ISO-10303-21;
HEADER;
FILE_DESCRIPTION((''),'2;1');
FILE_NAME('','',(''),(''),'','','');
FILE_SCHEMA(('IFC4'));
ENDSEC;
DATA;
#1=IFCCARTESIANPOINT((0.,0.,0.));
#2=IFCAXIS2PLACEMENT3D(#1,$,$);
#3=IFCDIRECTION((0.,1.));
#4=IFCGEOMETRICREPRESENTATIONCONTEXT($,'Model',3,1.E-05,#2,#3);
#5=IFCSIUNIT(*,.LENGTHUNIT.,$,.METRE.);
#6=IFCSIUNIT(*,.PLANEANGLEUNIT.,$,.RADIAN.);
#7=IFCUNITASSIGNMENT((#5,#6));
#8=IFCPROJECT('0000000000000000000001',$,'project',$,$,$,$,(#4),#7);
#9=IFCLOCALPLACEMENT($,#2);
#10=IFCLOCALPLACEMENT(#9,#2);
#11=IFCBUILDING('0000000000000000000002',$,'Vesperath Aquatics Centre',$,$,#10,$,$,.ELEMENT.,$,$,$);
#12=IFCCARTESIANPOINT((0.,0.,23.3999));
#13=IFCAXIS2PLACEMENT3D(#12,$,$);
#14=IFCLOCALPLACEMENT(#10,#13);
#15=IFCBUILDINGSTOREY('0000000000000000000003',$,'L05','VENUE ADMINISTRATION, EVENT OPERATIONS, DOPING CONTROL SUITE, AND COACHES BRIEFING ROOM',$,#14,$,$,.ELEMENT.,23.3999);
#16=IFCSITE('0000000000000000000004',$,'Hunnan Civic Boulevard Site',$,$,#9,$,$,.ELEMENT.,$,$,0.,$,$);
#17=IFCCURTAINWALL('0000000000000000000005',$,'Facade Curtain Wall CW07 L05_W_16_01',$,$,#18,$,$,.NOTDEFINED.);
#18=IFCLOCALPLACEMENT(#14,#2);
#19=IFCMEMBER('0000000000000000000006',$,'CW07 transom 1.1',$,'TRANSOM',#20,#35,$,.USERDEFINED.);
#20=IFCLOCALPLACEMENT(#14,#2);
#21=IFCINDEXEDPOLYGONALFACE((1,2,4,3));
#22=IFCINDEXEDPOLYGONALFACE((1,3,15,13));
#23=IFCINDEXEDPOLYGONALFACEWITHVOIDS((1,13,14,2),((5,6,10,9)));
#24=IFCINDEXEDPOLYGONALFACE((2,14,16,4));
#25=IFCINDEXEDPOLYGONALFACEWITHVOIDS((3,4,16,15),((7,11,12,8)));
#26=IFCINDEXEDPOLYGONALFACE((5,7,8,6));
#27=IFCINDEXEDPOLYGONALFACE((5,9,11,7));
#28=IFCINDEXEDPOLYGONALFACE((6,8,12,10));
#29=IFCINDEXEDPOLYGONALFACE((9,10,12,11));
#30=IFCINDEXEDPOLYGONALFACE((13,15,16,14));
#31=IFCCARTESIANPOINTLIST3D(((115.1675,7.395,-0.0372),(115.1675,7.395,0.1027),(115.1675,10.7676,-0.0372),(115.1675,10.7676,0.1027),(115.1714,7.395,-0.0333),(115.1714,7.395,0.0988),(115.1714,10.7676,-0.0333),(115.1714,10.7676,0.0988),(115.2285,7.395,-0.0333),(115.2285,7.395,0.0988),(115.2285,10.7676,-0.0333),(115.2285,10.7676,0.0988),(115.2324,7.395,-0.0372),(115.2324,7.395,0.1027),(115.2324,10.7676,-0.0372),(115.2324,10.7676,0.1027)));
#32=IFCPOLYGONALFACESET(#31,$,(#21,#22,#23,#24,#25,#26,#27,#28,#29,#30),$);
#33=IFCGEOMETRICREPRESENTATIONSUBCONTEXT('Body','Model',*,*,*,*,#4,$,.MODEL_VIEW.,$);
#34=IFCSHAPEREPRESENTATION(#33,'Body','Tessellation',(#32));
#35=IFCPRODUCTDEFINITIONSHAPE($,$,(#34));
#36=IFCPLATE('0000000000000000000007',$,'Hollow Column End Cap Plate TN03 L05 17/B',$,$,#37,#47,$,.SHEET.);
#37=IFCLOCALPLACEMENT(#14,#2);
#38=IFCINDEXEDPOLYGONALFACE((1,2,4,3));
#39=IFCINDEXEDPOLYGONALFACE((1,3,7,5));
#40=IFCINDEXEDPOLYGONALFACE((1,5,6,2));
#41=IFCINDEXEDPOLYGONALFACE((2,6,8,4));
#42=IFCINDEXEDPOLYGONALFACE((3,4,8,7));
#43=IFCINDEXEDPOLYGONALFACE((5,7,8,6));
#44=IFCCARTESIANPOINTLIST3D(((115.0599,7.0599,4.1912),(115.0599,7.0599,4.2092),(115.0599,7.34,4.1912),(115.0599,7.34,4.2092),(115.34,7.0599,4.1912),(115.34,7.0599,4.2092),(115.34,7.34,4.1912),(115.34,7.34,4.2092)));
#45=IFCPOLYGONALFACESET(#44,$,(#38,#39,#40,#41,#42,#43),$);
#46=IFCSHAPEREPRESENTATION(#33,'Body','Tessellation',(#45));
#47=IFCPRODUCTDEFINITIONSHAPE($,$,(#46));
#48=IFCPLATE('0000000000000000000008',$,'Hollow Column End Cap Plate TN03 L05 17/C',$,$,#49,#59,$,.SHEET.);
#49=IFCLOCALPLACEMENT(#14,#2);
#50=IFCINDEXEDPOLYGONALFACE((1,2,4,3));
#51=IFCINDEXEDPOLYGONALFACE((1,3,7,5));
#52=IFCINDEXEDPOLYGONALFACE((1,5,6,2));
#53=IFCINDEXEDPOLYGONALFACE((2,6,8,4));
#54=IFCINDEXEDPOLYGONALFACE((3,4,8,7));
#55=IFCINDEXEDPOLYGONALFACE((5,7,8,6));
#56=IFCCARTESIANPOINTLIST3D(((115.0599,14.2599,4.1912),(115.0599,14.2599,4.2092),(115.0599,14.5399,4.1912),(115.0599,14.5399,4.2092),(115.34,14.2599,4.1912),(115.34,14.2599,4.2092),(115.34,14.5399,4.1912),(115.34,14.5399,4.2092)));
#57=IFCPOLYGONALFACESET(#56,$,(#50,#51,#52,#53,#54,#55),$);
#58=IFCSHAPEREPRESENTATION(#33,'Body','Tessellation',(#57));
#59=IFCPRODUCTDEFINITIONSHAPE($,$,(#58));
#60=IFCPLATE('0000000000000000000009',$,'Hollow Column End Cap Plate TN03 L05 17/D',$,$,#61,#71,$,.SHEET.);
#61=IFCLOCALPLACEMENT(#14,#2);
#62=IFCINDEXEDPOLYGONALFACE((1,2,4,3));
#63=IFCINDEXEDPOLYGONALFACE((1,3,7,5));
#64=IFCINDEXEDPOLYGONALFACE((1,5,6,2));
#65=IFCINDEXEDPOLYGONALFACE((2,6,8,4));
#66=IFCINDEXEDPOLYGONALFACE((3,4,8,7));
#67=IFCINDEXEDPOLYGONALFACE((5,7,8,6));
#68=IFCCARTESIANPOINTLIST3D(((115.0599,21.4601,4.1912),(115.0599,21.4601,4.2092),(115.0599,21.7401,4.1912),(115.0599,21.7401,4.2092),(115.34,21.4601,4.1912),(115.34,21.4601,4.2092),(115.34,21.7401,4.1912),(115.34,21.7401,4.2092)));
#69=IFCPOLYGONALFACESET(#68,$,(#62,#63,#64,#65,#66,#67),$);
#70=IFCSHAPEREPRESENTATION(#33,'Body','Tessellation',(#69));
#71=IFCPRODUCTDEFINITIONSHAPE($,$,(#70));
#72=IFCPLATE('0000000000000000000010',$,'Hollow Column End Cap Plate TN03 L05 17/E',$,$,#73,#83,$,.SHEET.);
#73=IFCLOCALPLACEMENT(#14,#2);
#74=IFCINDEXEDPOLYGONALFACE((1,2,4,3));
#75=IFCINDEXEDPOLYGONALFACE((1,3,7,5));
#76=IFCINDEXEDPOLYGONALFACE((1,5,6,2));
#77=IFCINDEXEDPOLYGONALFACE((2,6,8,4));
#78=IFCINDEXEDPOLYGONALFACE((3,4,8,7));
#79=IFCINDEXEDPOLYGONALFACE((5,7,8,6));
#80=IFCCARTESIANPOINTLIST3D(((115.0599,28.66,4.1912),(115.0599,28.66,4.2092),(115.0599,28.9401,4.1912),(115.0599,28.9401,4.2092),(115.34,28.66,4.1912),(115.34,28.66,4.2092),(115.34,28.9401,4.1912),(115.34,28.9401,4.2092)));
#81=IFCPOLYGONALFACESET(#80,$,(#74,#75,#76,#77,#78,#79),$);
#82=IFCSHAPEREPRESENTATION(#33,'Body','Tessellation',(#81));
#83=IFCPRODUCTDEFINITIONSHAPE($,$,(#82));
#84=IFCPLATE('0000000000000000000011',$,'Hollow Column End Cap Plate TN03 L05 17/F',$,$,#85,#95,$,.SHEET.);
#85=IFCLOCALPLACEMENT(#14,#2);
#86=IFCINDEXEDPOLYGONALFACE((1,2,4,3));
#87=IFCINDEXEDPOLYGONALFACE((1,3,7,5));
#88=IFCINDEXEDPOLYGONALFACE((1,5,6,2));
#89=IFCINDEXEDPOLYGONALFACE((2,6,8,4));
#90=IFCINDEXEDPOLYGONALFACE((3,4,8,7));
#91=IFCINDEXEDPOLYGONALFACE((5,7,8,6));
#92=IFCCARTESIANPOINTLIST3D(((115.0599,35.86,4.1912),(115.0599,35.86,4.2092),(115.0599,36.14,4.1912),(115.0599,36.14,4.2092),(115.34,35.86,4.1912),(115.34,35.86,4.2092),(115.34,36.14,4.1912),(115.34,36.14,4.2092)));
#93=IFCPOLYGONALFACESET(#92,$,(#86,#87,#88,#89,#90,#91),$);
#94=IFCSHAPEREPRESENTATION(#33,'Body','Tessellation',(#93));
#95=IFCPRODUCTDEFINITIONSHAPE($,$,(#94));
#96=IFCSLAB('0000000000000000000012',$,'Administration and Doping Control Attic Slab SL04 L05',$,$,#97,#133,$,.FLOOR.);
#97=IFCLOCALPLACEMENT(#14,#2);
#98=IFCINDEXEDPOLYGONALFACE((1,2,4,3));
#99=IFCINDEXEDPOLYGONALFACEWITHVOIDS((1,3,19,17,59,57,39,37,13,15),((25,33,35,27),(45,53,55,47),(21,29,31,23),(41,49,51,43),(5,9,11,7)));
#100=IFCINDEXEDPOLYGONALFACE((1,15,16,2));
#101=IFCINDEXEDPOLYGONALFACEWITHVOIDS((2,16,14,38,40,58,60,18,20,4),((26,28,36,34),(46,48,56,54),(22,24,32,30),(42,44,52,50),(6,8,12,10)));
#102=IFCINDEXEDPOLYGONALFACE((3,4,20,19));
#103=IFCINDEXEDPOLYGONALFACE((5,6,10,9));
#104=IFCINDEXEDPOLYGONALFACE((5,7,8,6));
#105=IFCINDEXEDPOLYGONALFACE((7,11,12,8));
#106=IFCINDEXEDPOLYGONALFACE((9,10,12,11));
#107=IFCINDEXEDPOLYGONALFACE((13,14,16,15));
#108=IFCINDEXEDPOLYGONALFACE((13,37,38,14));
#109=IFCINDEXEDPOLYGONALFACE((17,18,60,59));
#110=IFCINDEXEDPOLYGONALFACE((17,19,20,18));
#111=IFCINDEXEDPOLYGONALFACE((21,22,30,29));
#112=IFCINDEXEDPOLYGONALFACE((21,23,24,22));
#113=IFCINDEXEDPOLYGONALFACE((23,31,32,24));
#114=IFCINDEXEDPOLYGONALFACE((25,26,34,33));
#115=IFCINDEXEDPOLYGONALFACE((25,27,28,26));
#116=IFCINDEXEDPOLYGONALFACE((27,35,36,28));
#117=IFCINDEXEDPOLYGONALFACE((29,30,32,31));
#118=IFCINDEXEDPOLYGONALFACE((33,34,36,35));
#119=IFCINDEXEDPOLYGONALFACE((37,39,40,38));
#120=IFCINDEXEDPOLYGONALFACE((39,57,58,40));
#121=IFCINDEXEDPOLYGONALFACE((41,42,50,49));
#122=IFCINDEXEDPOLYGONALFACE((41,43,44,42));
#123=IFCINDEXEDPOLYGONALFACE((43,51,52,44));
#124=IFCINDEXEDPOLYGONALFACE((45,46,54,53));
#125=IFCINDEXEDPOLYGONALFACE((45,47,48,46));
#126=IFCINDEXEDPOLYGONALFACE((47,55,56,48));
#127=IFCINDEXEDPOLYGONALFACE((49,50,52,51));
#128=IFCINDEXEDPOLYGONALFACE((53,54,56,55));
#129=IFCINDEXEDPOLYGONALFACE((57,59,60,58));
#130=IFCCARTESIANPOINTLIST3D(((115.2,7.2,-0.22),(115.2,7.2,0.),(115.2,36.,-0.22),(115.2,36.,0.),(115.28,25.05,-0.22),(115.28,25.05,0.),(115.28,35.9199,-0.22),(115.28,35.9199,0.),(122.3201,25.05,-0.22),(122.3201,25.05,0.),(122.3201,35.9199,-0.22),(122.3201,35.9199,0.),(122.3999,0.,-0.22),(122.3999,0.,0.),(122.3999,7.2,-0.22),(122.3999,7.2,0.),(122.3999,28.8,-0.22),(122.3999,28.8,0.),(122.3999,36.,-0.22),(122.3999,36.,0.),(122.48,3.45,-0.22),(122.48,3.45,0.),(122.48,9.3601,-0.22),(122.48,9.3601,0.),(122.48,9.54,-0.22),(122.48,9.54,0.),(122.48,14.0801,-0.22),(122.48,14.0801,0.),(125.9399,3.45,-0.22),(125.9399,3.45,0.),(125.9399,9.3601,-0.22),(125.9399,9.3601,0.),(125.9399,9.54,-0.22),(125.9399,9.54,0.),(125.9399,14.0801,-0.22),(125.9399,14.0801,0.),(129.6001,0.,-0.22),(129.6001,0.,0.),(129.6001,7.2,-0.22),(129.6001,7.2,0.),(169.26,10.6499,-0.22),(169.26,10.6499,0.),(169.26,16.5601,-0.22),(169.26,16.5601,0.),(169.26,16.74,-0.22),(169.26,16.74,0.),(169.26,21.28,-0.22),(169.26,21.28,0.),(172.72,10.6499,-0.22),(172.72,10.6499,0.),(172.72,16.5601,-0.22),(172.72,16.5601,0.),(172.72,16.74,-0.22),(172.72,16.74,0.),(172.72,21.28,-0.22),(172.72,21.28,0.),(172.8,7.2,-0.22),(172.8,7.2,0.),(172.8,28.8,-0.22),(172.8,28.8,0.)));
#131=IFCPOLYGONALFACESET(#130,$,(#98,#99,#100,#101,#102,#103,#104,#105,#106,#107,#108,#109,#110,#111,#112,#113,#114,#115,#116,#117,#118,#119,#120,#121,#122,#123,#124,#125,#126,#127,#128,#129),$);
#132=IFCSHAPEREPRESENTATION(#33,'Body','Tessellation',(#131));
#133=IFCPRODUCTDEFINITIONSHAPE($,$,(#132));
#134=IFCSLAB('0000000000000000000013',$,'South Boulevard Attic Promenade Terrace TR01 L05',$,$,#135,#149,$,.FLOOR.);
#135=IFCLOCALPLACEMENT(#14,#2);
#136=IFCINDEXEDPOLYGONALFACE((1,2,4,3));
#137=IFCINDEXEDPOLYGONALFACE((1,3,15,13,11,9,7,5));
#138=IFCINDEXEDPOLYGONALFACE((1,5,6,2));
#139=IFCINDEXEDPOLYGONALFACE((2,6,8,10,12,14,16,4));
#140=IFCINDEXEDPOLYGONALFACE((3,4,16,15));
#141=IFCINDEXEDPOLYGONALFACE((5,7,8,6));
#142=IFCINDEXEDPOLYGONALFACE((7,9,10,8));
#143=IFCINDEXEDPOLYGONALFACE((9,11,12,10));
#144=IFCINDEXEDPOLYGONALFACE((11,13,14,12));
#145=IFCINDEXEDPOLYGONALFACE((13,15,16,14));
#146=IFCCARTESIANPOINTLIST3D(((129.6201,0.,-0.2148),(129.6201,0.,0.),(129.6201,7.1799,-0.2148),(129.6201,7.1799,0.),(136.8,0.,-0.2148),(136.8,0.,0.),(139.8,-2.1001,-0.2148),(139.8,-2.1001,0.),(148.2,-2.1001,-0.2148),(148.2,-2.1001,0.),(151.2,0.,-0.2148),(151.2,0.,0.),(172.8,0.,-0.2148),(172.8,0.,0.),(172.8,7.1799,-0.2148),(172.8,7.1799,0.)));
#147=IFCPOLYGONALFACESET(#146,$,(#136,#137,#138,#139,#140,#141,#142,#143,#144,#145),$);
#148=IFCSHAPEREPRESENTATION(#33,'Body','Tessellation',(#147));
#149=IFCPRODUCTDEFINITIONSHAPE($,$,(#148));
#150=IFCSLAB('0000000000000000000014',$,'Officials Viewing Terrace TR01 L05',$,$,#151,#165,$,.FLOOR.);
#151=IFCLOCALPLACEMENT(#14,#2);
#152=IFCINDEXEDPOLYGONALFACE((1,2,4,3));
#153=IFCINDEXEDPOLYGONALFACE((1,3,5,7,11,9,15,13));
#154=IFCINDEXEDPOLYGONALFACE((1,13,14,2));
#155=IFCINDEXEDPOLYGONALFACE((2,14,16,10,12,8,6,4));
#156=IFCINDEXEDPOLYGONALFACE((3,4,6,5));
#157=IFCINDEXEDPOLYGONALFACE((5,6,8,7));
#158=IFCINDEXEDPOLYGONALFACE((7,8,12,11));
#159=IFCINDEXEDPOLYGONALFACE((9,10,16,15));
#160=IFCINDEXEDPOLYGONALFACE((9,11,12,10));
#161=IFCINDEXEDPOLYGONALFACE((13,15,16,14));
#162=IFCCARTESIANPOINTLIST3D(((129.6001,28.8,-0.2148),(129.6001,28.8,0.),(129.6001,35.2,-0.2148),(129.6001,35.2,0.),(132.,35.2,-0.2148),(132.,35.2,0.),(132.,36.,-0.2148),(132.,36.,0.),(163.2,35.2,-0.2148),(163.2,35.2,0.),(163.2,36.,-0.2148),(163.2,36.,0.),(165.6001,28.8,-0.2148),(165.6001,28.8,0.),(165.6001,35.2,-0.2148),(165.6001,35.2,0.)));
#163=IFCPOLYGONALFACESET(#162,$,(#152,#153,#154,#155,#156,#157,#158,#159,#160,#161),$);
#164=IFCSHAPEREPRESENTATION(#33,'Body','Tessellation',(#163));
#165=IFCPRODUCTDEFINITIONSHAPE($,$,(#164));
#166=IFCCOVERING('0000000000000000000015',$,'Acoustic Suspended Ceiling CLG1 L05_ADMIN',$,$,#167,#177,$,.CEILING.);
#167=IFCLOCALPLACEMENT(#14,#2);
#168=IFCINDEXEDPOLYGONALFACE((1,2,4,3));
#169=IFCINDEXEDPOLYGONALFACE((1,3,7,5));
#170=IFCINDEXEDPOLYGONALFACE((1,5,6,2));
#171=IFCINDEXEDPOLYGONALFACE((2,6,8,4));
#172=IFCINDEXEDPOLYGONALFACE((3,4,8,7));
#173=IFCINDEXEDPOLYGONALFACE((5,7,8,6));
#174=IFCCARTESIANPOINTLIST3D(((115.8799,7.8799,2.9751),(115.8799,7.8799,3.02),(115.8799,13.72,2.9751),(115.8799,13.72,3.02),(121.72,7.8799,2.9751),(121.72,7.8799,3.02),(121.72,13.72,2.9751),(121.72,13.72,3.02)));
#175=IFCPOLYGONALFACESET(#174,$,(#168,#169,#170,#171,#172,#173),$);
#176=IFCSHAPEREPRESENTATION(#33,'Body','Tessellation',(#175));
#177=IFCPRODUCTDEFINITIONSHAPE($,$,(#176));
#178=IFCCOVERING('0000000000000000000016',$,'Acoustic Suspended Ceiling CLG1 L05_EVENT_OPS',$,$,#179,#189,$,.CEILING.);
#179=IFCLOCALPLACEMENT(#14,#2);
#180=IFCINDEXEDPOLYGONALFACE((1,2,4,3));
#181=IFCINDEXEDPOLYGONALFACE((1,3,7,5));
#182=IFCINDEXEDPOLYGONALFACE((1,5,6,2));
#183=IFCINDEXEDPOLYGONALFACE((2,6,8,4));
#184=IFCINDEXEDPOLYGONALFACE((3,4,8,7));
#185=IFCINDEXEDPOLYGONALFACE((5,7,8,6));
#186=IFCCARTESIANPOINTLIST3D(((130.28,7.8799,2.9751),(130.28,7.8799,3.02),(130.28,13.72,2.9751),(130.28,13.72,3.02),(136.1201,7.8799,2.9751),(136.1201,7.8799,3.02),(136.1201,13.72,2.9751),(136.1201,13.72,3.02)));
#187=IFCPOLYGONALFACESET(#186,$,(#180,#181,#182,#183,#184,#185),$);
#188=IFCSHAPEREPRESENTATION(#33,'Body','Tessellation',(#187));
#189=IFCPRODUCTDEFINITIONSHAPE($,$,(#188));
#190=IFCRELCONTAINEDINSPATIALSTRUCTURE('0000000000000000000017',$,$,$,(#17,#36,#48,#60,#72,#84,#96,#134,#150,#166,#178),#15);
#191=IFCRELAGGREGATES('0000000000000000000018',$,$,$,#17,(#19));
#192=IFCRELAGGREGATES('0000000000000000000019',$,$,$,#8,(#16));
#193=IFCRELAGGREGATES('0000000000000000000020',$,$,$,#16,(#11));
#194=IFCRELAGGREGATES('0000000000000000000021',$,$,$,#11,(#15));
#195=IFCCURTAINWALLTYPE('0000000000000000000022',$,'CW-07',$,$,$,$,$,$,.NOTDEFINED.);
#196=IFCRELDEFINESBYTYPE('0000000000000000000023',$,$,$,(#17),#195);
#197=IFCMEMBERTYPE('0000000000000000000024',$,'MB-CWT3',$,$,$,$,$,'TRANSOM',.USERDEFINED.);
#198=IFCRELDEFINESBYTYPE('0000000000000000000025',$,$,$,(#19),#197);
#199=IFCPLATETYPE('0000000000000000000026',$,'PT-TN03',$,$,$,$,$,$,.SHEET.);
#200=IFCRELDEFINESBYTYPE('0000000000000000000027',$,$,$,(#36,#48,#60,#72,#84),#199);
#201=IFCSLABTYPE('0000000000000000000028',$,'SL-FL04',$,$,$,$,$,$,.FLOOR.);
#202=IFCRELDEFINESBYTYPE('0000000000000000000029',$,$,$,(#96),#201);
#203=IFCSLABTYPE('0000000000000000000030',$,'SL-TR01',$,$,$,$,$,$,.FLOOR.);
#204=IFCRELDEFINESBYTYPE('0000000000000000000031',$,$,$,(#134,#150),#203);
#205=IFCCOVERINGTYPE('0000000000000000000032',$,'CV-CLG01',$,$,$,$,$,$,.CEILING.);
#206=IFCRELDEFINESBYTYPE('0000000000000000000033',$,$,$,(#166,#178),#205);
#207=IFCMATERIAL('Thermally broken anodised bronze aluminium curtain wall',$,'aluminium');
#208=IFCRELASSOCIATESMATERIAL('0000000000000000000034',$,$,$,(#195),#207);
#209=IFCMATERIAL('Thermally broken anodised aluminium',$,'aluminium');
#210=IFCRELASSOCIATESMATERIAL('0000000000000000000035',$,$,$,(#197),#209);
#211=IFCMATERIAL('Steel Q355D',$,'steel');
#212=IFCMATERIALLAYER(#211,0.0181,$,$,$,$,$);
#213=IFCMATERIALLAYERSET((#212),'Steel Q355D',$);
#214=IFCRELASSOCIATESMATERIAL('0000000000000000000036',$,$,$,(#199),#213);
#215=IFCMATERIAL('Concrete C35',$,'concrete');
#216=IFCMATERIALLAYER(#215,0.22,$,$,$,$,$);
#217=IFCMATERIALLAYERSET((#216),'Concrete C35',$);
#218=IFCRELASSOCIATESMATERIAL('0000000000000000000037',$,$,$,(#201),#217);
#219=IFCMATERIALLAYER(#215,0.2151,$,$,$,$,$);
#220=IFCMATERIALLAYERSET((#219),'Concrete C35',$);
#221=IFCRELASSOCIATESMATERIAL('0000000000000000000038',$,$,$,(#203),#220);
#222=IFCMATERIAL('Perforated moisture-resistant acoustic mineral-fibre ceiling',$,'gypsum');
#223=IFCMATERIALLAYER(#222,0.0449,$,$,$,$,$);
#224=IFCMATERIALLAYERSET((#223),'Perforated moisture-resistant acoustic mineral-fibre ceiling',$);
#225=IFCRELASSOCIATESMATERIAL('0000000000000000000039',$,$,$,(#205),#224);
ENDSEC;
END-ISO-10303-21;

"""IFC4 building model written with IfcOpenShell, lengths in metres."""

from ifc_helpers import new_model, si_unit, direction, frame, origin, origin_2d, place, context, subcontext, project, spatial, polyline, rectangle, hollow_rectangle, outline, extrude, material, layer, layer_set, material_profile, profile_set, type_object, element, aggregate, save


model = new_model("IFC4")

# Units and contexts
model_context = context("Model", 3, precision=1e-05, world=origin(), true_north=direction((0.0, 1.0)))
body_context = subcontext(model_context, "Body", "Model", "MODEL_VIEW")
ifc_project = project(units=[si_unit("LENGTHUNIT", "METRE"), si_unit("PLANEANGLEUNIT", "RADIAN")], contexts=[model_context])

# Site, building, storey
site_placement = place(None, origin())
site = spatial("IfcSite", under=ifc_project, at=site_placement, Name="Hunnan Civic Boulevard Site", CompositionType="ELEMENT", RefElevation=0.0)
building_placement = place(site_placement, origin())
building = spatial("IfcBuilding", under=site, at=building_placement, Name="Vesperath Aquatics Centre", CompositionType="ELEMENT")
storey_placement = place(building_placement, frame((0.0, 0.0, 23.3999)))
storey = spatial("IfcBuildingStorey", under=building, at=storey_placement, Name="L05", Description="VENUE ADMINISTRATION, EVENT OPERATIONS, DOPING CONTROL SUITE, AND COACHES BRIEFING ROOM", CompositionType="ELEMENT", Elevation=23.3999)

# Curtain wall, member
ifc_material_1 = material(Name="Thermally broken anodised bronze aluminium curtain wall", Category="aluminium")
curtain_wall_type = type_object("IfcCurtainWallType", Name="CW-07", PredefinedType="NOTDEFINED", material=ifc_material_1)
curtain_wall_placement = place(storey_placement, origin())
curtain_wall = element("IfcCurtainWall", 1, at=curtain_wall_placement, inside=storey, type_object=curtain_wall_type, Name="Facade Curtain Wall CW07 L05_W_16_01", PredefinedType="NOTDEFINED")
ifc_material_2 = material(Name="Thermally broken anodised aluminium", Category="aluminium")
ifc_material_profile_1 = material_profile(ifc_material_2, hollow_rectangle(XDim=0.0649, YDim=0.1399, WallThickness=0.0039, at=origin_2d()), Name="CWT 65x140x4")
ifc_profile_set_1 = profile_set([ifc_material_profile_1], Name="Thermally broken anodised aluminium")
member_type_1 = type_object("IfcMemberType", Name="MB-CWT3", ElementType="TRANSOM", PredefinedType="USERDEFINED", material=ifc_profile_set_1)
member_1_placement = place(storey_placement, frame((115.2, 7.395, 0.0327), z_axis=(0.0, 1.0, 0.0), x_axis=(-1.0, 0.0, 0.0)))
member_1 = element("IfcMember", 2, at=member_1_placement, type_object=member_type_1, Name="CW07 transom 1.1", ObjectType="TRANSOM", PredefinedType="USERDEFINED", context=body_context, shape_type="SweptSolid", body=[
    extrude(hollow_rectangle(XDim=0.0649, YDim=0.1399, WallThickness=0.0039, at=origin_2d()), origin(), (0.0, 0.0, 1.0), 3.3726),
])
aggregate(curtain_wall, [member_1])

# Plates
ifc_material_3 = material(Name="Steel Q355D", Category="steel")
ifc_layer_1 = layer(ifc_material_3, 0.0181)
ifc_layer_set_1 = layer_set([ifc_layer_1], Name="Steel Q355D")
plate_type = type_object("IfcPlateType", Name="PT-TN03", PredefinedType="SHEET", material=ifc_layer_set_1)
for number, where, z_axis, x_axis, name in (
    (3, (115.2, 7.2, 4.1912), (0.0, 0.0, 1.0), (1.0, 0.0, 0.0), "Hollow Column End Cap Plate TN03 L05 17/B"),
    (4, (115.2, 14.3999, 4.1912), (0.0, 0.0, 1.0), (1.0, 0.0, 0.0), "Hollow Column End Cap Plate TN03 L05 17/C"),
    (5, (115.2, 21.6001, 4.1912), (0.0, 0.0, 1.0), (1.0, 0.0, 0.0), "Hollow Column End Cap Plate TN03 L05 17/D"),
    (6, (115.2, 28.8, 4.1912), (0.0, 0.0, 1.0), (1.0, 0.0, 0.0), "Hollow Column End Cap Plate TN03 L05 17/E"),
    (7, (115.2, 36.0, 4.1912), (0.0, 0.0, 1.0), (1.0, 0.0, 0.0), "Hollow Column End Cap Plate TN03 L05 17/F"),
):
    element("IfcPlate", number, at=place(storey_placement, frame(where, z_axis=z_axis, x_axis=x_axis)), inside=storey, type_object=plate_type, Name=name, PredefinedType="SHEET", context=body_context, shape_type="SweptSolid", body=[
        extrude(rectangle(XDim=0.28, YDim=0.28, at=origin_2d()), origin(), (0.0, 0.0, 1.0), 0.0181),
    ])

# Slabs
ifc_material_4 = material(Name="Concrete C35", Category="concrete")
ifc_layer_2 = layer(ifc_material_4, 0.22)
ifc_layer_set_2 = layer_set([ifc_layer_2], Name="Concrete C35")
slab_type_1 = type_object("IfcSlabType", Name="SL-FL04", PredefinedType="FLOOR", material=ifc_layer_set_2)
slab_1_placement = place(storey_placement, frame((0.0, 0.0, -0.22)))
element("IfcSlab", 8, at=slab_1_placement, inside=storey, type_object=slab_type_1, Name="Administration and Doping Control Attic Slab SL04 L05", PredefinedType="FLOOR", context=body_context, shape_type="SweptSolid", body=[
    extrude(outline(polyline([(115.2, 7.2), (122.3999, 7.2), (122.3999, 0.0), (129.6001, 0.0), (129.6001, 7.2), (172.8, 7.2), (172.8, 28.8), (122.3999, 28.8), (122.3999, 36.0), (115.2, 36.0), (115.2, 7.2)]), holes=[polyline([(122.48, 3.45), (125.9399, 3.45), (125.9399, 9.3601), (122.48, 9.3601), (122.48, 3.45)]), polyline([(122.48, 9.54), (125.9399, 9.54), (125.9399, 14.0801), (122.48, 14.0801), (122.48, 9.54)]), polyline([(169.26, 10.6499), (172.72, 10.6499), (172.72, 16.5601), (169.26, 16.5601), (169.26, 10.6499)]), polyline([(169.26, 16.74), (172.72, 16.74), (172.72, 21.28), (169.26, 21.28), (169.26, 16.74)]), polyline([(115.28, 25.05), (122.3201, 25.05), (122.3201, 35.9199), (115.28, 35.9199), (115.28, 25.05)])]), origin(), (0.0, 0.0, 1.0), 0.22),
])
ifc_layer_3 = layer(ifc_material_4, 0.2151)
ifc_layer_set_3 = layer_set([ifc_layer_3], Name="Concrete C35")
slab_type_2 = type_object("IfcSlabType", Name="SL-TR01", PredefinedType="FLOOR", material=ifc_layer_set_3)
slab_2_placement = place(storey_placement, frame((0.0, 0.0, -0.2148)))
element("IfcSlab", 9, at=slab_2_placement, inside=storey, type_object=slab_type_2, Name="South Boulevard Attic Promenade Terrace TR01 L05", PredefinedType="FLOOR", context=body_context, shape_type="SweptSolid", body=[
    extrude(outline(polyline([(129.6201, 0.0), (136.8, 0.0), (139.8, -2.1001), (148.2, -2.1001), (151.2, 0.0), (172.8, 0.0), (172.8, 7.1799), (129.6201, 7.1799), (129.6201, 0.0)])), origin(), (0.0, 0.0, 1.0), 0.2148),
])
slab_3_placement = place(storey_placement, frame((0.0, 0.0, -0.2148)))
element("IfcSlab", 10, at=slab_3_placement, inside=storey, type_object=slab_type_2, Name="Officials Viewing Terrace TR01 L05", PredefinedType="FLOOR", context=body_context, shape_type="SweptSolid", body=[
    extrude(outline(polyline([(129.6001, 28.8), (165.6001, 28.8), (165.6001, 35.2), (163.2, 35.2), (163.2, 36.0), (132.0, 36.0), (132.0, 35.2), (129.6001, 35.2), (129.6001, 28.8)])), origin(), (0.0, 0.0, 1.0), 0.2148),
])

# Coverings
ifc_material_5 = material(Name="Perforated moisture-resistant acoustic mineral-fibre ceiling", Category="gypsum")
ifc_layer_4 = layer(ifc_material_5, 0.0449)
ifc_layer_set_4 = layer_set([ifc_layer_4], Name="Perforated moisture-resistant acoustic mineral-fibre ceiling")
covering_type_1 = type_object("IfcCoveringType", Name="CV-CLG01", PredefinedType="CEILING", material=ifc_layer_set_4)
covering_1_placement = place(storey_placement, frame((0.0, 0.0, 2.9751)))
element("IfcCovering", 11, at=covering_1_placement, inside=storey, type_object=covering_type_1, Name="Acoustic Suspended Ceiling CLG1 L05_ADMIN", PredefinedType="CEILING", context=body_context, shape_type="SweptSolid", body=[
    extrude(outline(polyline([(115.8799, 7.8799), (121.72, 7.8799), (121.72, 13.72), (115.8799, 13.72), (115.8799, 7.8799)])), origin(), (0.0, 0.0, 1.0), 0.0449),
])
covering_2_placement = place(storey_placement, frame((0.0, 0.0, 2.9751)))
element("IfcCovering", 12, at=covering_2_placement, inside=storey, type_object=covering_type_1, Name="Acoustic Suspended Ceiling CLG1 L05_EVENT_OPS", PredefinedType="CEILING", context=body_context, shape_type="SweptSolid", body=[
    extrude(outline(polyline([(130.28, 7.8799), (136.1201, 7.8799), (136.1201, 13.72), (130.28, 13.72), (130.28, 7.8799)])), origin(), (0.0, 0.0, 1.0), 0.0449),
])

save(model, "model.ifc")
